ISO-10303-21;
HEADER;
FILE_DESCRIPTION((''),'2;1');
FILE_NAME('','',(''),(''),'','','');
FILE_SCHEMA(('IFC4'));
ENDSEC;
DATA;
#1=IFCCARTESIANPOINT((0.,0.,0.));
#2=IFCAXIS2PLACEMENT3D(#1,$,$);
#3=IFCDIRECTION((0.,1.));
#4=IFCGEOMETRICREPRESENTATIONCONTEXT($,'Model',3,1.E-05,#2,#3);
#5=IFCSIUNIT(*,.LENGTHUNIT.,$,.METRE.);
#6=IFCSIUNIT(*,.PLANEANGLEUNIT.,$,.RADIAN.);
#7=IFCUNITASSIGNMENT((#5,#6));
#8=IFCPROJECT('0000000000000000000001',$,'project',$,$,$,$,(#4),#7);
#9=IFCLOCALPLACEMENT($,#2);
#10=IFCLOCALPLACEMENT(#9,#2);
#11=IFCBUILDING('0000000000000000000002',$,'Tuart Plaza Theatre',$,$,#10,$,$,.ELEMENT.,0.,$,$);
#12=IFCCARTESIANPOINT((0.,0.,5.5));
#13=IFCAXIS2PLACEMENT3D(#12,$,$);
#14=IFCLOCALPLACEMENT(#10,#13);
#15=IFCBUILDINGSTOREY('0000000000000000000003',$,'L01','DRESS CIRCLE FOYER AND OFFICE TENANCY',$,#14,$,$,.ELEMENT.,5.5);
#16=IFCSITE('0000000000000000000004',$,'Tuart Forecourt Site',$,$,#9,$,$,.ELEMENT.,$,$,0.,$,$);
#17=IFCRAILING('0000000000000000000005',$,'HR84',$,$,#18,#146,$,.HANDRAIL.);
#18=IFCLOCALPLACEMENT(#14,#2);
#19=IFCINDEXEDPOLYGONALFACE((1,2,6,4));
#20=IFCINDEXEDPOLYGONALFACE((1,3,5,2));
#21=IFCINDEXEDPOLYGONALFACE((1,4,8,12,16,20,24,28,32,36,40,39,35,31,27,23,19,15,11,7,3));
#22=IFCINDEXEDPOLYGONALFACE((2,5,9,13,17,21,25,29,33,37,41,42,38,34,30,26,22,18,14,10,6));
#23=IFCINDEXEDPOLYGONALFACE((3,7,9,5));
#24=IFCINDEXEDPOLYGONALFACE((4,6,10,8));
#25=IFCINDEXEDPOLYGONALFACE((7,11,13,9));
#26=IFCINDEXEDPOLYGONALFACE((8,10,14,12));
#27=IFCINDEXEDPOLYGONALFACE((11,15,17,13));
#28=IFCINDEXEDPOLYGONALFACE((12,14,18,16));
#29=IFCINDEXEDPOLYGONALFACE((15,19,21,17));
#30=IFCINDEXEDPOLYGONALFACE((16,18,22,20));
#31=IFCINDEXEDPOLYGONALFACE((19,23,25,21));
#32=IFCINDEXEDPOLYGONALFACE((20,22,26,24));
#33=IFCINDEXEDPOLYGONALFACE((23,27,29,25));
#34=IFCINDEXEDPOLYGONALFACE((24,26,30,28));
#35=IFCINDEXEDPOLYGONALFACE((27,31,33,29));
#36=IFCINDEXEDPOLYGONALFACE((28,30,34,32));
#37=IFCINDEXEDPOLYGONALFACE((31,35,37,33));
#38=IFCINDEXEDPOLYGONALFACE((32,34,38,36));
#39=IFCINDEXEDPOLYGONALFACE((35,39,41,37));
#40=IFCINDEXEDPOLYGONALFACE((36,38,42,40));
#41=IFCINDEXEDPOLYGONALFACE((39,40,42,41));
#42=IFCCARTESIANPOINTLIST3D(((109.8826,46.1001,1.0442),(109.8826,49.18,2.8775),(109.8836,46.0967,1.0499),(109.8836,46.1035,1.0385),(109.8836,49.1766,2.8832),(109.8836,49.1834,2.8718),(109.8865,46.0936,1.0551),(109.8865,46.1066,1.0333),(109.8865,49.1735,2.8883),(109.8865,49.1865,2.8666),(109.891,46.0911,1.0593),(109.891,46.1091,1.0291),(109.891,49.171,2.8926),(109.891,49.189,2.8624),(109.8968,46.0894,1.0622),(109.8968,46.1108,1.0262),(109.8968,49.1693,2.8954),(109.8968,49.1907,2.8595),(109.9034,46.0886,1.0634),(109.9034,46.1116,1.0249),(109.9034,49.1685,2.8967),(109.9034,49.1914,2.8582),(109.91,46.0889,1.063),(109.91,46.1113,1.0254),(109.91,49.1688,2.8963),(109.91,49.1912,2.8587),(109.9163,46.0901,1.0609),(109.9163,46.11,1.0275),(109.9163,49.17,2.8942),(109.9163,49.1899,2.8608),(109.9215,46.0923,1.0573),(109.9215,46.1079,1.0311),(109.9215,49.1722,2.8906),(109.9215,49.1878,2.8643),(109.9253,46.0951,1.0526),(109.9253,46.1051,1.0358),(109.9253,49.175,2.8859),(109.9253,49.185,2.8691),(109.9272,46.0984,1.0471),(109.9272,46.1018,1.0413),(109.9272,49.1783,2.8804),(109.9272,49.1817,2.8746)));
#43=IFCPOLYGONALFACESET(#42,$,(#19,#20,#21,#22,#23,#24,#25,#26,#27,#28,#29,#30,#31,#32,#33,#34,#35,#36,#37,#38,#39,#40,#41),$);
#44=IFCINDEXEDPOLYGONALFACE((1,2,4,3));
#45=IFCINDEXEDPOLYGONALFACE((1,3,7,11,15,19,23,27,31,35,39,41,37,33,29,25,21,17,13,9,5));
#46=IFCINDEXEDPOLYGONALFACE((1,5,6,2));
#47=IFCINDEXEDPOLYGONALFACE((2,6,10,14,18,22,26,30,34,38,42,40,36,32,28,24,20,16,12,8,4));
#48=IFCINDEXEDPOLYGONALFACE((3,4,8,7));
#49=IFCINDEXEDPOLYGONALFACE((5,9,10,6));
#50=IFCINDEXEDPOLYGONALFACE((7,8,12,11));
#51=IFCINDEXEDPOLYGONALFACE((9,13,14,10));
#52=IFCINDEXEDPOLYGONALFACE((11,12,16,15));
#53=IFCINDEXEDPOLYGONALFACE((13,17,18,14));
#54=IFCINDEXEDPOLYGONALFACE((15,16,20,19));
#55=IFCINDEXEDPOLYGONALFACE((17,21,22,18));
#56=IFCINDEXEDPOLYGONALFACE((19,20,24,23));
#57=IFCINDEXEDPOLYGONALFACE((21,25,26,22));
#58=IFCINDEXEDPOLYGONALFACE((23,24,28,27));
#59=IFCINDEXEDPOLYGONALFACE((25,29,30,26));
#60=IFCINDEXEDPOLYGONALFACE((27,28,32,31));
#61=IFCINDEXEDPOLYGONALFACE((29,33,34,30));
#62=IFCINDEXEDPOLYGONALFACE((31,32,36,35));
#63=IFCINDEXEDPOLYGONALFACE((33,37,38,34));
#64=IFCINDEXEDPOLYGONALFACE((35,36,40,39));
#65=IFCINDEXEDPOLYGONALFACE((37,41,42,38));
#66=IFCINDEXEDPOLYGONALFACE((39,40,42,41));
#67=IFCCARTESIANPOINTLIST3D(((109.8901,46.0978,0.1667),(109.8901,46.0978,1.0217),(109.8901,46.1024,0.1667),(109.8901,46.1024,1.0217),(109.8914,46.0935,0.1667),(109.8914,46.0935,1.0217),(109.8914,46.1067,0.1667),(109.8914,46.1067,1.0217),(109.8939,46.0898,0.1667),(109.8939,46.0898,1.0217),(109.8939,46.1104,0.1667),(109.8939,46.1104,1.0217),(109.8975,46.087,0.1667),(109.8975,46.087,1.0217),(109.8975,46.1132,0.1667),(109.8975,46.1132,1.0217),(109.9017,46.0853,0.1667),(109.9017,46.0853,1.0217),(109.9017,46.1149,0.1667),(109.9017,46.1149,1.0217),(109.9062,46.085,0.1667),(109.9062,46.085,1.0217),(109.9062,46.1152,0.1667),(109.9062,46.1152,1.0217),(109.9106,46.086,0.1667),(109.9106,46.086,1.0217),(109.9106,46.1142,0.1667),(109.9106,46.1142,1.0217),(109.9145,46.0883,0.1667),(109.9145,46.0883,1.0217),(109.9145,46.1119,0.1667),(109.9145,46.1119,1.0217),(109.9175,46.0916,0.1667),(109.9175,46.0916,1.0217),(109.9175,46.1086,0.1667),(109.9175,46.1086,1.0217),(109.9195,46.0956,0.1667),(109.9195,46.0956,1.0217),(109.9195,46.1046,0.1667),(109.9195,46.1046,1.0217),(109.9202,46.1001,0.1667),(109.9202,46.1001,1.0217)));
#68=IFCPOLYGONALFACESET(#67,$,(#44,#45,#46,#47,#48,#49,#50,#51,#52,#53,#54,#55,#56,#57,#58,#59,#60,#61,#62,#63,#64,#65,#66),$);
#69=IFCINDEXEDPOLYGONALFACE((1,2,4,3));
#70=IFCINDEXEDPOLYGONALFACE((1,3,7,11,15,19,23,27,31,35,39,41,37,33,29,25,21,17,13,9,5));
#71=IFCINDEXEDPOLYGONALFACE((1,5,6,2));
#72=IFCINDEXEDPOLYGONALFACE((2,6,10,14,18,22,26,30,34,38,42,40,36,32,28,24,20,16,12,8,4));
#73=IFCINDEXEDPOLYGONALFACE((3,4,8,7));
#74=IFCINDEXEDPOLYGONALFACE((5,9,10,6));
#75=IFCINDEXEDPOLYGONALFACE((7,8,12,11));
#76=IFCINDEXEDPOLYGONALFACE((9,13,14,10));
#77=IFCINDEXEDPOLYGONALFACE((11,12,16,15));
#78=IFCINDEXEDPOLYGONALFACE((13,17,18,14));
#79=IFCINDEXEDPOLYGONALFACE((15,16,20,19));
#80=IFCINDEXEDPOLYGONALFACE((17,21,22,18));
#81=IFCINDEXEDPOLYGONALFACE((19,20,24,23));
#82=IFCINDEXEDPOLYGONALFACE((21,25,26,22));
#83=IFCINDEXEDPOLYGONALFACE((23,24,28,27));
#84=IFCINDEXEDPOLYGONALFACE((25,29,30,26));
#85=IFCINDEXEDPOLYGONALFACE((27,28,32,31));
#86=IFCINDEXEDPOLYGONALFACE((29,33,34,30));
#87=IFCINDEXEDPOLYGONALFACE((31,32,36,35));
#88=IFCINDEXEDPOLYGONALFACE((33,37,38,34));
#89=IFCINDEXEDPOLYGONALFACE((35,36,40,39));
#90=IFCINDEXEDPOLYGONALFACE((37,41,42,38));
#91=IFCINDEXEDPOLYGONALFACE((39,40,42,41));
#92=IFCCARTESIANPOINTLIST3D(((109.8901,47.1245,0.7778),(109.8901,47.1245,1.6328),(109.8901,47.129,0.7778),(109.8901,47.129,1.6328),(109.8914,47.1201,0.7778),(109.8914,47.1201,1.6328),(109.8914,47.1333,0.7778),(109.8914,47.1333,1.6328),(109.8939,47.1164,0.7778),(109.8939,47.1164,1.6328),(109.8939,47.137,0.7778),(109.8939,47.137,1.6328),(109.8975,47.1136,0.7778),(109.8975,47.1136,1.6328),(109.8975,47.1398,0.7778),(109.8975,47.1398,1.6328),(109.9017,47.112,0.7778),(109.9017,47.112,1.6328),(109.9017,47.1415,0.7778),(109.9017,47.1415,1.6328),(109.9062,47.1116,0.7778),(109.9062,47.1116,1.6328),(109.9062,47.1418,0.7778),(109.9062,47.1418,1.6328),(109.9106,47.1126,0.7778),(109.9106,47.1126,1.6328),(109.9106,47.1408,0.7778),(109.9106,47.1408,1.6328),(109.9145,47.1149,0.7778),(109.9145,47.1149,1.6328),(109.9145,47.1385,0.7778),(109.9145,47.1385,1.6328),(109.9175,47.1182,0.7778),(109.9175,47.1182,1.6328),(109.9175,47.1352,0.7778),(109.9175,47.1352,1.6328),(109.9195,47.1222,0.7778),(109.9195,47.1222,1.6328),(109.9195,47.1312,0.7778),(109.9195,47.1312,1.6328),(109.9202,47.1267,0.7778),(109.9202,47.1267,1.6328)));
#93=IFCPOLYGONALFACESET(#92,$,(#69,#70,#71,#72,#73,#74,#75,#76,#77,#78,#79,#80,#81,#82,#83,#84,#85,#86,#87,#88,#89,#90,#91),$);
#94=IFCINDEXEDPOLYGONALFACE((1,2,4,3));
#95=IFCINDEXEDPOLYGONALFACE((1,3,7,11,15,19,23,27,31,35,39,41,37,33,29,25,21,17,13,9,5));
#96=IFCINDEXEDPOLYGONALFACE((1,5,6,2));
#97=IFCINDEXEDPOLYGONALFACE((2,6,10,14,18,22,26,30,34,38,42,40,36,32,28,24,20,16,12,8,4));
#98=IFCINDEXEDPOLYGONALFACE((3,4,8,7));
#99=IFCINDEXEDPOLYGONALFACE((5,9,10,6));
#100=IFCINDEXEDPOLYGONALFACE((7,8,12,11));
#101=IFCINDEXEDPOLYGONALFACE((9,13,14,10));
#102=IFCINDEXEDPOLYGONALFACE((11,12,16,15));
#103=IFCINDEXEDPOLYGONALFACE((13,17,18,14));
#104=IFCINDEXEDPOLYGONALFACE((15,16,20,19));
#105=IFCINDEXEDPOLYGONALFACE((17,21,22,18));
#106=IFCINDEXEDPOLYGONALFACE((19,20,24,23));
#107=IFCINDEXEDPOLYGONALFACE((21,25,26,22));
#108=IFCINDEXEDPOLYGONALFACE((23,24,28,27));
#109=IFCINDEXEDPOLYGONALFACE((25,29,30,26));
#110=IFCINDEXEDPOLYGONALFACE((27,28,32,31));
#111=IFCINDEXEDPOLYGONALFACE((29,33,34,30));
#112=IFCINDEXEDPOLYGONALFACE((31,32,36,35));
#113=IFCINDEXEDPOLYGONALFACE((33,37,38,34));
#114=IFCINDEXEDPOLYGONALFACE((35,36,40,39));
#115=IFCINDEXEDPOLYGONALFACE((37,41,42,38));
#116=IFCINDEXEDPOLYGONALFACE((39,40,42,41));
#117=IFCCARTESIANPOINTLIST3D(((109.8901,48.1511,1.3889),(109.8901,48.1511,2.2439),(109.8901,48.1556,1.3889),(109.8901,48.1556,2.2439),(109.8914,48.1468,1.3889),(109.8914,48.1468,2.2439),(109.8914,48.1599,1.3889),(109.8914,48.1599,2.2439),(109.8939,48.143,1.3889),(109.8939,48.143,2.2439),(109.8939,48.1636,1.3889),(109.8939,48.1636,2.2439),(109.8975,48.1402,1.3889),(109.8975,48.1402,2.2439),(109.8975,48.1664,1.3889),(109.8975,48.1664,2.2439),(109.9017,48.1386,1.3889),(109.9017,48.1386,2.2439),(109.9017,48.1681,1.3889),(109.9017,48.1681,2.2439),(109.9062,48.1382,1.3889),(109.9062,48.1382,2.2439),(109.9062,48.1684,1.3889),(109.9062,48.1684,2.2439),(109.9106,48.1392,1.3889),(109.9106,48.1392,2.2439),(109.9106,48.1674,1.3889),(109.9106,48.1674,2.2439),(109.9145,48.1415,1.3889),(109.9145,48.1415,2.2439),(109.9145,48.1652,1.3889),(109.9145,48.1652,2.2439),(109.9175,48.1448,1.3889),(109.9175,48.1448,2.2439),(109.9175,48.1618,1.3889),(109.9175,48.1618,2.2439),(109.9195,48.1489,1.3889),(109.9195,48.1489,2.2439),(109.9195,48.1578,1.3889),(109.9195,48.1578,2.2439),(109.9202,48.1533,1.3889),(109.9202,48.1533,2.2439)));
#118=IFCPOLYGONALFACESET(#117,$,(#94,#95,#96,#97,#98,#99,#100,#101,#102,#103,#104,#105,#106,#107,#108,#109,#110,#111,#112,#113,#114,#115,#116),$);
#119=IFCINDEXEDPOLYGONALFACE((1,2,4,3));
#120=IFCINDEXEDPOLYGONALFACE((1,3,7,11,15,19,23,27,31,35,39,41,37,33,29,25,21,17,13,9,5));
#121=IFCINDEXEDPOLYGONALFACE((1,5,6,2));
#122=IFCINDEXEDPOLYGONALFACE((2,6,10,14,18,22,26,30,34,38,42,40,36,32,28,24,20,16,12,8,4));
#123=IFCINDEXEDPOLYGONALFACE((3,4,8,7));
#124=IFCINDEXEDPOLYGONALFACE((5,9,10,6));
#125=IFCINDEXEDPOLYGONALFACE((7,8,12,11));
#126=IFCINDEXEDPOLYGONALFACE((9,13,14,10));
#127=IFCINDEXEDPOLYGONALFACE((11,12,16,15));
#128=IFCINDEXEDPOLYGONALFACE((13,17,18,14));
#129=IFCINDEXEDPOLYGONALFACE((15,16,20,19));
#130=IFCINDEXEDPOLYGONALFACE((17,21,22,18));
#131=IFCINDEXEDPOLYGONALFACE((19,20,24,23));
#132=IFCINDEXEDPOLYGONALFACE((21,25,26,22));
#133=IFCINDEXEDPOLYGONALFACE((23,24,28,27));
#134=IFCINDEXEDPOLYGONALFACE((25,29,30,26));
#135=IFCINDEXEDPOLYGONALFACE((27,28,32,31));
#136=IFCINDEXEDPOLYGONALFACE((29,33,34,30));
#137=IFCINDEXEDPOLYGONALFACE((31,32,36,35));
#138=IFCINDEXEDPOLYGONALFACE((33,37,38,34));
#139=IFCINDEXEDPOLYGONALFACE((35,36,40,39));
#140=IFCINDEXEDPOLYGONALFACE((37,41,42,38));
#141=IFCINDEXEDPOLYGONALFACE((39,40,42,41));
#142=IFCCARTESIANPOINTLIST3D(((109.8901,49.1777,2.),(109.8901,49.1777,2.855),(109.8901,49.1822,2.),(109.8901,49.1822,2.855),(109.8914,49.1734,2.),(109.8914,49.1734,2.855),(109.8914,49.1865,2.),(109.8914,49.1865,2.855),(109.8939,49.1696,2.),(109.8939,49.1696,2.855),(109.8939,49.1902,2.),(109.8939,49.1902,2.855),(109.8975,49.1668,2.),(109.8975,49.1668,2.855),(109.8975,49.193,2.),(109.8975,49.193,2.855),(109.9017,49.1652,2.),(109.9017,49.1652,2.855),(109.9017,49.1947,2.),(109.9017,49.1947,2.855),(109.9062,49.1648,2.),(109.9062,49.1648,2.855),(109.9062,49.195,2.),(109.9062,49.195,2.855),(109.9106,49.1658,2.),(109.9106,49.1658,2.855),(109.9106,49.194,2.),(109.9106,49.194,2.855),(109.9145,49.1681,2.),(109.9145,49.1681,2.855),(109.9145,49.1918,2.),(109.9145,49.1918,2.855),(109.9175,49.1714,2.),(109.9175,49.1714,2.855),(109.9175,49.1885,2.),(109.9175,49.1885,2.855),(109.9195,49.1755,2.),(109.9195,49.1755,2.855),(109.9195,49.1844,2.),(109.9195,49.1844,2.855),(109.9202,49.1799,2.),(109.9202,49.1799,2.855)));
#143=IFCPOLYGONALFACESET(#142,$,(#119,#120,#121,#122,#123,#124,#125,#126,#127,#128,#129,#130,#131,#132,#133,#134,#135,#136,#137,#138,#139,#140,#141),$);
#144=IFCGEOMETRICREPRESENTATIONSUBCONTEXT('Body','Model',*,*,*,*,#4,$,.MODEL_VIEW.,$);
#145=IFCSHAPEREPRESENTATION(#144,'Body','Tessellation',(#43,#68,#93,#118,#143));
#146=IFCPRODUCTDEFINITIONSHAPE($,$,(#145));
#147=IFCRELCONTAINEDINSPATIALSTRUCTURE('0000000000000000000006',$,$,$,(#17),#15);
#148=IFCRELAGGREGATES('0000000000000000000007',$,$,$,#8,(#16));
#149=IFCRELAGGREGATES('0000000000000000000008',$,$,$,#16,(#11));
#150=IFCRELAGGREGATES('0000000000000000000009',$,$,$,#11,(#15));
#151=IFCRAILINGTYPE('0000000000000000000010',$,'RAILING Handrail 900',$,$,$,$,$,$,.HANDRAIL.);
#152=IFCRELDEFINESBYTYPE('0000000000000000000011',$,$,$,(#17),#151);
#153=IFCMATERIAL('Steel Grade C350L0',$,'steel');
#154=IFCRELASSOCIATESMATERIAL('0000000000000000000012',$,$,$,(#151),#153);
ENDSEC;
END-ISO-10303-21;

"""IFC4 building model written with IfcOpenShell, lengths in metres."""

from ifc_helpers import new_model, si_unit, direction, frame, origin, origin_2d, place, context, subcontext, project, spatial, circle, extrude, material, type_object, element, save


model = new_model("IFC4")

# Units and contexts
model_context = context("Model", 3, precision=1e-05, world=origin(), true_north=direction((0.0, 1.0)))
body_context = subcontext(model_context, "Body", "Model", "MODEL_VIEW")
ifc_project = project(units=[si_unit("LENGTHUNIT", "METRE"), si_unit("PLANEANGLEUNIT", "RADIAN")], contexts=[model_context])

# Site, building, storey
site_placement = place(None, origin())
site = spatial("IfcSite", under=ifc_project, at=site_placement, Name="Tuart Forecourt Site", CompositionType="ELEMENT", RefElevation=0.0)
building_placement = place(site_placement, origin())
building = spatial("IfcBuilding", under=site, at=building_placement, Name="Tuart Plaza Theatre", CompositionType="ELEMENT", ElevationOfRefHeight=0.0)
storey_placement = place(building_placement, frame((0.0, 0.0, 5.5)))
storey = spatial("IfcBuildingStorey", under=building, at=storey_placement, Name="L01", Description="DRESS CIRCLE FOYER AND OFFICE TENANCY", CompositionType="ELEMENT", Elevation=5.5)

# Railing
ifc_material_1 = material(Name="Steel Grade C350L0", Category="steel")
railing_type_1 = type_object("IfcRailingType", Name="RAILING Handrail 900", PredefinedType="HANDRAIL", material=ifc_material_1)
for number, where, name in (
    (1, (109.905, 46.1001, 0.1667), "HR84"),
):
    element("IfcRailing", number, at=place(storey_placement, frame(where)), inside=storey, type_object=railing_type_1, Name=name, PredefinedType="HANDRAIL", context=body_context, shape_type="SweptSolid", body=[
        extrude(circle(Radius=0.0225, at=origin_2d()), frame((0.0, 0.0, 0.8774), z_axis=(0.0, 0.859291, 0.511487), x_axis=(-1.0, 0.0, 0.0)), (0.0, 0.0, 1.0), 3.5842),
        extrude(circle(Radius=0.0151, at=origin_2d()), origin(), (0.0, 0.0, 1.0), 0.855),
        extrude(circle(Radius=0.0151, at=origin_2d()), frame((0.0, 1.0266, 0.6111)), (0.0, 0.0, 1.0), 0.855),
        extrude(circle(Radius=0.0151, at=origin_2d()), frame((0.0, 2.0532, 1.2222)), (0.0, 0.0, 1.0), 0.855),
        extrude(circle(Radius=0.0151, at=origin_2d()), frame((0.0, 3.0798, 1.8333)), (0.0, 0.0, 1.0), 0.855),
    ])

save(model, "model.ifc")
